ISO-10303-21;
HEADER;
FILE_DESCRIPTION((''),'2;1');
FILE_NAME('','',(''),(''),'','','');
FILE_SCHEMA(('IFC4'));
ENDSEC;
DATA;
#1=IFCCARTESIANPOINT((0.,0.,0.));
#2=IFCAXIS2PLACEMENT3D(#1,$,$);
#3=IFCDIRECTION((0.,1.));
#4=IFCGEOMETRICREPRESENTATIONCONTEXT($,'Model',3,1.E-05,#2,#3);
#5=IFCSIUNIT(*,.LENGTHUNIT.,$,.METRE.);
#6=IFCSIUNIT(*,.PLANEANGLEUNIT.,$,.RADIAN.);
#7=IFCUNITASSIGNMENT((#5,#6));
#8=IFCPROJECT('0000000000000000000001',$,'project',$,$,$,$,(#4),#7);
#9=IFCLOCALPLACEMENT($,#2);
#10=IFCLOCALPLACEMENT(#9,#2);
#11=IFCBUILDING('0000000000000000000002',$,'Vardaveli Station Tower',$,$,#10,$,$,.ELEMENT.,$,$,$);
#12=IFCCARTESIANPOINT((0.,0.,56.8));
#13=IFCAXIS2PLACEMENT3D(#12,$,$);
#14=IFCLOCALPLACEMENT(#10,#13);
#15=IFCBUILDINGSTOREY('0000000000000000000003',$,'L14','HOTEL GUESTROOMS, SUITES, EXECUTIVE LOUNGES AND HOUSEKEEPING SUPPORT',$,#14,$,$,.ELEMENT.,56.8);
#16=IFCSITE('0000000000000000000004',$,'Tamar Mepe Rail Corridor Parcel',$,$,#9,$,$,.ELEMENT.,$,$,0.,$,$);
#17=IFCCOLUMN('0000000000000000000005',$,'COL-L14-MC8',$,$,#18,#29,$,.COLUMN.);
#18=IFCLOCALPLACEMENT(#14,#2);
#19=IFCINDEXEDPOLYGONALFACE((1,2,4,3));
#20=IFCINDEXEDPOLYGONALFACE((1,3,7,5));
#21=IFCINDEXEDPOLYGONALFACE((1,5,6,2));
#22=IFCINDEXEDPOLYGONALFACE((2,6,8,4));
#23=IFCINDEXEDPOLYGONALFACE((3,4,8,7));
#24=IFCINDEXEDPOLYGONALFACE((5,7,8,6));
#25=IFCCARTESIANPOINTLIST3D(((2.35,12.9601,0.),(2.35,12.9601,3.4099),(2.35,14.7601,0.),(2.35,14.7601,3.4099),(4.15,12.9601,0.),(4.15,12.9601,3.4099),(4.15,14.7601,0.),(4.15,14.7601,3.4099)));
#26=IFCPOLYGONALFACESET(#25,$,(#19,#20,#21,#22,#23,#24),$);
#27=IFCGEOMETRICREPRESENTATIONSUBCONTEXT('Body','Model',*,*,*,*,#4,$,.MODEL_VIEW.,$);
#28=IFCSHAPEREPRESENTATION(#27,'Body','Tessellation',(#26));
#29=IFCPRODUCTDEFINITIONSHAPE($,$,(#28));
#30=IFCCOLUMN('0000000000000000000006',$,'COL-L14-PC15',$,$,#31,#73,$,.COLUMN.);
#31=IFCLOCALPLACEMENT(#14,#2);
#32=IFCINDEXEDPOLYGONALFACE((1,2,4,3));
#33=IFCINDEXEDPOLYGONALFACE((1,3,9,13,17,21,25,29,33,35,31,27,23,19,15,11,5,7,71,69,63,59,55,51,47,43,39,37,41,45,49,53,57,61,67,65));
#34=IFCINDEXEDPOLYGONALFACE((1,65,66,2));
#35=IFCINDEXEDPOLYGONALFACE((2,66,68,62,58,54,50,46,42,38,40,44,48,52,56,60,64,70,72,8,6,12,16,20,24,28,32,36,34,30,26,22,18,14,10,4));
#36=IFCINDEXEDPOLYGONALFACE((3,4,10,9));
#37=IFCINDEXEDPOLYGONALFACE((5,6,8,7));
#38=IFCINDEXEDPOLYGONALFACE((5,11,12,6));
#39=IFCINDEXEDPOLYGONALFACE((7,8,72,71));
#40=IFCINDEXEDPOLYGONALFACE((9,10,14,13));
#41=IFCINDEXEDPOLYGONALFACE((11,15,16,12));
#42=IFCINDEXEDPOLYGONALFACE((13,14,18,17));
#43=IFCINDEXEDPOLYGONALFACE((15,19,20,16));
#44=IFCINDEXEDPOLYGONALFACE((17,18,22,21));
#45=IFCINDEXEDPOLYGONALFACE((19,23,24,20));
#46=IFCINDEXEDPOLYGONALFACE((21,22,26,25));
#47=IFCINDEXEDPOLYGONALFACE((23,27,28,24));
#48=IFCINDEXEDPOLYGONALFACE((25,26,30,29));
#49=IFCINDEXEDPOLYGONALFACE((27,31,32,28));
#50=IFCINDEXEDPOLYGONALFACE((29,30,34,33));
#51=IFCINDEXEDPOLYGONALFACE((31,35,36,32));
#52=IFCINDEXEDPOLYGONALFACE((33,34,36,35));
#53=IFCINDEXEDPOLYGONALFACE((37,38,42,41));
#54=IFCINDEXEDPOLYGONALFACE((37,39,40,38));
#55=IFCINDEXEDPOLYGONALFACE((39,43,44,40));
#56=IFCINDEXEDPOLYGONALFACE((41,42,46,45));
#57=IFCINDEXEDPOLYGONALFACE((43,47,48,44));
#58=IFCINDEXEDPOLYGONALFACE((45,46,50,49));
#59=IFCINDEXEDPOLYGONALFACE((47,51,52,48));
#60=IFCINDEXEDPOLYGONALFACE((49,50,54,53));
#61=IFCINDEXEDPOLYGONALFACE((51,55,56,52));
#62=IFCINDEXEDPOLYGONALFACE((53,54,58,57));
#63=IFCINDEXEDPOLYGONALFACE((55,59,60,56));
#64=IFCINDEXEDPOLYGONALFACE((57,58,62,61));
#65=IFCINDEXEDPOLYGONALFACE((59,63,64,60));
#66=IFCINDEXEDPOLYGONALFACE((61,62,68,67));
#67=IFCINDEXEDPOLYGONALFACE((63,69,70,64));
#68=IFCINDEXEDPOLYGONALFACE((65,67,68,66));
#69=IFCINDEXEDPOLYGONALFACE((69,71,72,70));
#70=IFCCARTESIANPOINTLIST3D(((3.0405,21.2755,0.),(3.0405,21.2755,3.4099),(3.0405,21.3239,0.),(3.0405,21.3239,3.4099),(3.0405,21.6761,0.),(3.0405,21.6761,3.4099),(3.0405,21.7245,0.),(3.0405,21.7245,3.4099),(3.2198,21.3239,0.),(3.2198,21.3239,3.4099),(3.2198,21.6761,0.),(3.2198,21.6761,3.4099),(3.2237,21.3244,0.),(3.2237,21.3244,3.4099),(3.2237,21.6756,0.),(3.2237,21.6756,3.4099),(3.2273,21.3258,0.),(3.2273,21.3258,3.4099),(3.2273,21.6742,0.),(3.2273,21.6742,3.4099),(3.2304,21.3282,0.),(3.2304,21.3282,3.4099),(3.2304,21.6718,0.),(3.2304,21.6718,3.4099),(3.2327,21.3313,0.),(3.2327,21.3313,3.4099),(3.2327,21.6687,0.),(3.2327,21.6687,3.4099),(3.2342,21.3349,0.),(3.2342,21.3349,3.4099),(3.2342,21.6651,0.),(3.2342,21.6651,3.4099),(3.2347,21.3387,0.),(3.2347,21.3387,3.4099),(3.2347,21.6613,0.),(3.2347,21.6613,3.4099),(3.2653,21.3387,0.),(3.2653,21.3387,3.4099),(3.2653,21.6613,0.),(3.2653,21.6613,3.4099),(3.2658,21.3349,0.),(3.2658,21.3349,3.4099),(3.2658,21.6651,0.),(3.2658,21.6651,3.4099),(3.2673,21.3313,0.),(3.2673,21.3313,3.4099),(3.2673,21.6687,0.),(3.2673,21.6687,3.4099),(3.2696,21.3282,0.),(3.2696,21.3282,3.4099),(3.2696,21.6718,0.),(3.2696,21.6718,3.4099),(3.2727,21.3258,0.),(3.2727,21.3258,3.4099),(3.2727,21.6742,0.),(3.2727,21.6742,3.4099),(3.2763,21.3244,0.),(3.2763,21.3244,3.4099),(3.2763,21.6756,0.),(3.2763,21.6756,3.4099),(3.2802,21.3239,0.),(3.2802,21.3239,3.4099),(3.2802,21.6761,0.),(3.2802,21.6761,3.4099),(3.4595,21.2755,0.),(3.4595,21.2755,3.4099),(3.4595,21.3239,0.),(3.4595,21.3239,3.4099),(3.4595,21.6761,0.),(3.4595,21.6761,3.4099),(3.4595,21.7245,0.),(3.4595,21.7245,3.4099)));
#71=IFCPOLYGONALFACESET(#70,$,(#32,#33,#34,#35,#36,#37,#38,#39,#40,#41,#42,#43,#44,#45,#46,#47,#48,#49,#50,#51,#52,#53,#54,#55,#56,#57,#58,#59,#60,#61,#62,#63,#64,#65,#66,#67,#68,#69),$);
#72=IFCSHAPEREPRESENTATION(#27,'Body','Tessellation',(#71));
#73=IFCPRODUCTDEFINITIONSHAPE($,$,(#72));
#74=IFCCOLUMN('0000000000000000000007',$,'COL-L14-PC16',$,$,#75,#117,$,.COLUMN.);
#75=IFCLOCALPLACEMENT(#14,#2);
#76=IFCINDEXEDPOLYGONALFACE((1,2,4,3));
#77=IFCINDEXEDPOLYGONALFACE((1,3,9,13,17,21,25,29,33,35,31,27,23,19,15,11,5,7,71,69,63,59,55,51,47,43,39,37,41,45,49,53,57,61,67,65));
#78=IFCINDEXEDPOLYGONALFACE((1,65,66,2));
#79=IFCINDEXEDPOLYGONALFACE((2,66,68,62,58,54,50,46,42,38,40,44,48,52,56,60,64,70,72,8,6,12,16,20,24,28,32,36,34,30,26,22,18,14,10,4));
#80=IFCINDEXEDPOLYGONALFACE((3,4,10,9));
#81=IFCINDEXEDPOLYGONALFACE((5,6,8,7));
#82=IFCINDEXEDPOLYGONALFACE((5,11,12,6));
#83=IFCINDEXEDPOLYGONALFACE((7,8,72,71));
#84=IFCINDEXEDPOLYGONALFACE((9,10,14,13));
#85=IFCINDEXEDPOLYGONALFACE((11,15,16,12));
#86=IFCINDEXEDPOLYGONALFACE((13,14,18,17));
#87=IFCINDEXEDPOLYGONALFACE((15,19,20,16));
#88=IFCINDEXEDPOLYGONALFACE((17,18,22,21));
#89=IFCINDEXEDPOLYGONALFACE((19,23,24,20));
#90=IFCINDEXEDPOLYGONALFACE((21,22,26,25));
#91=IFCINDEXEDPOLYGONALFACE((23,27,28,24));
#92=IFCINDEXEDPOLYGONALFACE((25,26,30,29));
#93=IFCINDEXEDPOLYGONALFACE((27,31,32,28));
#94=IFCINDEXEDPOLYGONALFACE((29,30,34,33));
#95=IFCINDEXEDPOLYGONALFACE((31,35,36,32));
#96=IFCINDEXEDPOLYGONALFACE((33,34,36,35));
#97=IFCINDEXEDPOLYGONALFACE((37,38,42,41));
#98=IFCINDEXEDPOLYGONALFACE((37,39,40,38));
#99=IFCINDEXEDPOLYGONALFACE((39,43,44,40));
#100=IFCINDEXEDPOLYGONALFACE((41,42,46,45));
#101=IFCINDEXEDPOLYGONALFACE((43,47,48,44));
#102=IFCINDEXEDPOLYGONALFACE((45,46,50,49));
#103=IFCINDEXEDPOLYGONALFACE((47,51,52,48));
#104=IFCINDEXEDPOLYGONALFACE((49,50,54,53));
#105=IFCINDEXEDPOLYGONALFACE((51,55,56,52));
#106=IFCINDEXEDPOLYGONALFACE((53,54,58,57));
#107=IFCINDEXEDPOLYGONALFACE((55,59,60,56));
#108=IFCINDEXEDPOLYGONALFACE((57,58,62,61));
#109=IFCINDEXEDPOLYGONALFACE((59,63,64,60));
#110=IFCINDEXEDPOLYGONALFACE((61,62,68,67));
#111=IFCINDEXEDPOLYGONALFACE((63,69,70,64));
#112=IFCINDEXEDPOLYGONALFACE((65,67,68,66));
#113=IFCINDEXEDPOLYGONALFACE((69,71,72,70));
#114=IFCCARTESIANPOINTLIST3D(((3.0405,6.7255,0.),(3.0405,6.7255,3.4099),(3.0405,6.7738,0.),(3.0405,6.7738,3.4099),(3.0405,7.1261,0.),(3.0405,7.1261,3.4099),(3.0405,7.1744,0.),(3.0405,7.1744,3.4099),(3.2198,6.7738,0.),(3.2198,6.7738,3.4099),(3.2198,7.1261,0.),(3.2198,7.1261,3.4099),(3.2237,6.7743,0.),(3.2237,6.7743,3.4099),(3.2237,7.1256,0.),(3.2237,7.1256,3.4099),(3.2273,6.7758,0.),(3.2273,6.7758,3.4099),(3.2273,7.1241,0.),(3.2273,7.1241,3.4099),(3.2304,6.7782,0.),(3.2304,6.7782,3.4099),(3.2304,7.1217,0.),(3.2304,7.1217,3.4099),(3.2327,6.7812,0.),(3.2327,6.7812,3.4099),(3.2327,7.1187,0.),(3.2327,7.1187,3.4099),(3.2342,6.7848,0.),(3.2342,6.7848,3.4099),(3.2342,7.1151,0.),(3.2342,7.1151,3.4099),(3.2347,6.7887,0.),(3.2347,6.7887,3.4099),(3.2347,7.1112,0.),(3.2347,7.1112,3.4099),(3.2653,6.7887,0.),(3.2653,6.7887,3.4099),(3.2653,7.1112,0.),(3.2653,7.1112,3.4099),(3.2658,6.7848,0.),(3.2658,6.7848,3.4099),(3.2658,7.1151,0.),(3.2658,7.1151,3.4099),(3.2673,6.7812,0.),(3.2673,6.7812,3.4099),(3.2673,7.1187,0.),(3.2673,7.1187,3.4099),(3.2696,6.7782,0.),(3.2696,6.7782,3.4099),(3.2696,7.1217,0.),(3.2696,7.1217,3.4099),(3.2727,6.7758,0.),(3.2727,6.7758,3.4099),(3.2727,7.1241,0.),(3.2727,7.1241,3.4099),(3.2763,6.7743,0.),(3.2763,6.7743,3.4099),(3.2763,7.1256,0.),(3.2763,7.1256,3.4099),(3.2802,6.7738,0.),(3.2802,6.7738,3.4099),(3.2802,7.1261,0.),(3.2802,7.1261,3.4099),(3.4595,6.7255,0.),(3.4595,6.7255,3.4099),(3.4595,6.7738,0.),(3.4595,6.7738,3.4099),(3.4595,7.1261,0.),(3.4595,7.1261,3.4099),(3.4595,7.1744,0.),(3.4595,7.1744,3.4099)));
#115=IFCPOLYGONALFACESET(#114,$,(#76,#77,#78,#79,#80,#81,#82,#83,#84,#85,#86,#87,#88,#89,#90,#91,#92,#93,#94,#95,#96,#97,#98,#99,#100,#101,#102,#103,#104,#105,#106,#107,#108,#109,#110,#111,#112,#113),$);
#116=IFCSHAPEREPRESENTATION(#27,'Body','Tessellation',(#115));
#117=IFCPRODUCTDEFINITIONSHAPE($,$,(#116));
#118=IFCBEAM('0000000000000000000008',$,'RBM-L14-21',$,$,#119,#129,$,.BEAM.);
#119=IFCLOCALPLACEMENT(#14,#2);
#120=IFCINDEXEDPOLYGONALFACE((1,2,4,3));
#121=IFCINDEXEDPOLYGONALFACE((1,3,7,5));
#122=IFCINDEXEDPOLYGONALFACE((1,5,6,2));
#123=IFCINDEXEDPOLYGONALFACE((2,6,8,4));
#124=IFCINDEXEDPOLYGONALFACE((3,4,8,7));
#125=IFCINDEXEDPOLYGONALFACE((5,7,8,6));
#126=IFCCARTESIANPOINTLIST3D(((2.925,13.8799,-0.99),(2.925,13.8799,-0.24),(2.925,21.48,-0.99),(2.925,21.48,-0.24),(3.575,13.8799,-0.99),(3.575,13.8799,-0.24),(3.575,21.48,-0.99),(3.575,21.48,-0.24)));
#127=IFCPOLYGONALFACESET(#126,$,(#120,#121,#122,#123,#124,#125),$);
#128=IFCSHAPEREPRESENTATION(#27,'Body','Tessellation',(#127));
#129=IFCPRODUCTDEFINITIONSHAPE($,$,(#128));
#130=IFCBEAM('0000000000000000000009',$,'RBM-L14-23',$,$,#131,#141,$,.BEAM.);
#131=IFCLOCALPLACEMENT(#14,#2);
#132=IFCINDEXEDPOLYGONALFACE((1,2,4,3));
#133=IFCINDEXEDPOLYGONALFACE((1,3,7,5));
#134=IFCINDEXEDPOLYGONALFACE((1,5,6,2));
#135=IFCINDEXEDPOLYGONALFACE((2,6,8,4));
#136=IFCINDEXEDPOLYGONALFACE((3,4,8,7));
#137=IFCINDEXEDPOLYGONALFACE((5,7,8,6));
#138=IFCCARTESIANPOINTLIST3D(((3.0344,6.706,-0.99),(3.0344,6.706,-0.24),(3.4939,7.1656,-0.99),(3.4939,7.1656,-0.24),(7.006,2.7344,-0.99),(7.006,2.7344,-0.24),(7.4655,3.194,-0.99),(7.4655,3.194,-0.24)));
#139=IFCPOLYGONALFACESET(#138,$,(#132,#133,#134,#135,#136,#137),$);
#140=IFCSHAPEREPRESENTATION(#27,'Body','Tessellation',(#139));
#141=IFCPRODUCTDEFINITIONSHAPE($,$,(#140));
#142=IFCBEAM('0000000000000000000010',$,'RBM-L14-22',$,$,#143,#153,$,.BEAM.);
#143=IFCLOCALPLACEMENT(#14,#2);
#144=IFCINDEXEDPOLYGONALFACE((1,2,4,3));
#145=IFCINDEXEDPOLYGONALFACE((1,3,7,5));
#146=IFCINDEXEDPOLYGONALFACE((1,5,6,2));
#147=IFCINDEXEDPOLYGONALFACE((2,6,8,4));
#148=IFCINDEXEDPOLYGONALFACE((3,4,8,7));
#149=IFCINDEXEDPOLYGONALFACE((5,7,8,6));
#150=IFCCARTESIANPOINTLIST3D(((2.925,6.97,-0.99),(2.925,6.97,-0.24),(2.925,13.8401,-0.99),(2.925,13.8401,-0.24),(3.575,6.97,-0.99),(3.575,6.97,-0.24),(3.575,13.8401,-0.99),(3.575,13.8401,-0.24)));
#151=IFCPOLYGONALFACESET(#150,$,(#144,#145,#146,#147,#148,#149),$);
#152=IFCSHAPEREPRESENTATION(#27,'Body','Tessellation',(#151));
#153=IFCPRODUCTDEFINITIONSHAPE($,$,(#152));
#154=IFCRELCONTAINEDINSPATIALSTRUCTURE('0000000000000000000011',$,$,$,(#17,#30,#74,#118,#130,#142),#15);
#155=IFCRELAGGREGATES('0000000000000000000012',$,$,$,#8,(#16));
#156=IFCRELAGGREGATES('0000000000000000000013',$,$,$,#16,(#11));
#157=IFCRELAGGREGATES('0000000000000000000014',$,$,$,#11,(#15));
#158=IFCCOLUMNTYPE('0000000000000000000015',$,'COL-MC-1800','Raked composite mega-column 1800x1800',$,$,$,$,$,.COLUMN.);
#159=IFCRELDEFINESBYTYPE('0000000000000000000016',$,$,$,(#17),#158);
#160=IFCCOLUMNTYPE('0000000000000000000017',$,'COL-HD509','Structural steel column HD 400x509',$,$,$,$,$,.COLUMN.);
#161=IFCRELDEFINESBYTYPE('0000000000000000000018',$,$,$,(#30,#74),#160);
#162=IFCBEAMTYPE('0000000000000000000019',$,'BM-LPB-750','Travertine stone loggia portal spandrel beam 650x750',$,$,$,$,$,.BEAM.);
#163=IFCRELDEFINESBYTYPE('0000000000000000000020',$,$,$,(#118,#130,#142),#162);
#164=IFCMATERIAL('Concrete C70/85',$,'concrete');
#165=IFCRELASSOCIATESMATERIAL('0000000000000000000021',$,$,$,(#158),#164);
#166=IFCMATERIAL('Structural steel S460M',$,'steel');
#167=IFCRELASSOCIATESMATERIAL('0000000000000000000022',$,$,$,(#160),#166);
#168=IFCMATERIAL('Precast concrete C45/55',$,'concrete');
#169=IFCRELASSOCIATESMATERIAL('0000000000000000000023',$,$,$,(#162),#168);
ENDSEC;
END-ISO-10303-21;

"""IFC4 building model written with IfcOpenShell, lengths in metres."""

from ifc_helpers import new_model, si_unit, direction, frame, origin, origin_2d, place, context, subcontext, project, spatial, rectangle, i_section, extrude, source, transform, mapped, material, material_profile, profile_set, type_object, element, save


model = new_model("IFC4")

# Units and contexts
model_context = context("Model", 3, precision=1e-05, world=origin(), true_north=direction((0.0, 1.0)))
body_context = subcontext(model_context, "Body", "Model", "MODEL_VIEW")
ifc_project = project(units=[si_unit("LENGTHUNIT", "METRE"), si_unit("PLANEANGLEUNIT", "RADIAN")], contexts=[model_context])

# Site, building, storey
site_placement = place(None, origin())
site = spatial("IfcSite", under=ifc_project, at=site_placement, Name="Tamar Mepe Rail Corridor Parcel", CompositionType="ELEMENT", RefElevation=0.0)
building_placement = place(site_placement, origin())
building = spatial("IfcBuilding", under=site, at=building_placement, Name="Vardaveli Station Tower", CompositionType="ELEMENT")
storey_placement = place(building_placement, frame((0.0, 0.0, 56.8)))
storey = spatial("IfcBuildingStorey", under=building, at=storey_placement, Name="L14", Description="HOTEL GUESTROOMS, SUITES, EXECUTIVE LOUNGES AND HOUSEKEEPING SUPPORT", CompositionType="ELEMENT", Elevation=56.8)

# Columns
ifc_material_1 = material(Name="Concrete C70/85", Category="concrete")
ifc_material_profile_1 = material_profile(ifc_material_1, rectangle(XDim=1.8, YDim=1.8, at=origin_2d()), Name="MC 1800x1800")
ifc_profile_set_1 = profile_set([ifc_material_profile_1], Name="Concrete C70/85")
column_type_1 = type_object("IfcColumnType", Name="COL-MC-1800", Description="Raked composite mega-column 1800x1800", PredefinedType="COLUMN", material=ifc_profile_set_1)
shared_shape_1 = source(origin(), body_context, "Body", "SweptSolid", [
    extrude(rectangle(XDim=1.8, YDim=1.8, at=origin_2d()), origin(), (0.0, 0.0, 1.0), 3.4099),
])
column_placement = place(storey_placement, frame((3.25, 13.8601, 0.0), z_axis=(0.0, 0.0, 1.0), x_axis=(1.0, 0.0, 0.0)))
element("IfcColumn", 1, at=column_placement, inside=storey, type_object=column_type_1, Name="COL-L14-MC8", PredefinedType="COLUMN", context=body_context, shape_type="MappedRepresentation", body=[
    mapped(shared_shape_1, transform((0.0, 0.0, 0.0), scale=1.0)),
])
ifc_material_2 = material(Name="Structural steel S460M", Category="steel")
ifc_material_profile_2 = material_profile(ifc_material_2, i_section(OverallWidth=0.4189, OverallDepth=0.449, WebThickness=0.0305, FlangeThickness=0.0483, FilletRadius=0.0149, at=origin_2d()), Name="HD 400x509")
ifc_profile_set_2 = profile_set([ifc_material_profile_2], Name="Structural steel S460M")
column_type_2 = type_object("IfcColumnType", Name="COL-HD509", Description="Structural steel column HD 400x509", PredefinedType="COLUMN", material=ifc_profile_set_2)
shared_shape_2 = source(origin(), body_context, "Body", "SweptSolid", [
    extrude(i_section(OverallWidth=0.4189, OverallDepth=0.449, WebThickness=0.0305, FlangeThickness=0.0483, FilletRadius=0.0149, at=origin_2d()), origin(), (0.0, 0.0, 1.0), 3.4099),
])
for number, where, z_axis, x_axis, name in (
    (2, (3.25, 21.5, 0.0), (0.0, 0.0, 1.0), (1.0, 0.0, 0.0), "COL-L14-PC15"),
    (3, (3.25, 6.95, 0.0), (0.0, 0.0, 1.0), (1.0, 0.0, 0.0), "COL-L14-PC16"),
):
    element("IfcColumn", number, at=place(storey_placement, frame(where, z_axis=z_axis, x_axis=x_axis)), inside=storey, type_object=column_type_2, Name=name, PredefinedType="COLUMN", context=body_context, shape_type="MappedRepresentation", body=[
        mapped(shared_shape_2, transform((0.0, 0.0, 0.0), scale=1.0)),
    ])

# Beams
ifc_material_3 = material(Name="Precast concrete C45/55", Category="concrete")
ifc_material_profile_3 = material_profile(ifc_material_3, rectangle(XDim=0.6499, YDim=0.75, at=origin_2d()), Name="LPB 650x750")
ifc_profile_set_3 = profile_set([ifc_material_profile_3], Name="Precast concrete C45/55")
beam_type_1 = type_object("IfcBeamType", Name="BM-LPB-750", Description="Travertine stone loggia portal spandrel beam 650x750", PredefinedType="BEAM", material=ifc_profile_set_3)
shared_shape_3 = source(origin(), body_context, "Body", "SweptSolid", [
    extrude(rectangle(XDim=0.6499, YDim=0.75, at=origin_2d()), origin(), (0.0, 0.0, 1.0), 7.6001),
])
beam_1_placement = place(storey_placement, frame((3.25, 21.48, -0.615), z_axis=(0.0, -1.0, 0.0), x_axis=(1.0, 0.0, 0.0)))
element("IfcBeam", 4, at=beam_1_placement, inside=storey, type_object=beam_type_1, Name="RBM-L14-21", PredefinedType="BEAM", context=body_context, shape_type="MappedRepresentation", body=[
    mapped(shared_shape_3, transform((0.0, 0.0, 0.0), scale=1.0)),
])
shared_shape_4 = source(origin(), body_context, "Body", "SweptSolid", [
    extrude(rectangle(XDim=0.6499, YDim=0.75, at=origin_2d()), origin(), (0.0, 0.0, 1.0), 5.6167),
])
beam_2_placement = place(storey_placement, frame((3.2642, 6.9358, -0.615), z_axis=(0.707107, -0.707107, 0.0), x_axis=(0.707107, 0.707107, 0.0)))
element("IfcBeam", 5, at=beam_2_placement, inside=storey, type_object=beam_type_1, Name="RBM-L14-23", PredefinedType="BEAM", context=body_context, shape_type="MappedRepresentation", body=[
    mapped(shared_shape_4, transform((0.0, 0.0, 0.0), scale=1.0)),
])
shared_shape_5 = source(origin(), body_context, "Body", "SweptSolid", [
    extrude(rectangle(XDim=0.6499, YDim=0.75, at=origin_2d()), origin(), (0.0, 0.0, 1.0), 6.8701),
])
beam_3_placement = place(storey_placement, frame((3.25, 13.8401, -0.615), z_axis=(0.0, -1.0, 0.0), x_axis=(1.0, 0.0, 0.0)))
element("IfcBeam", 6, at=beam_3_placement, inside=storey, type_object=beam_type_1, Name="RBM-L14-22", PredefinedType="BEAM", context=body_context, shape_type="MappedRepresentation", body=[
    mapped(shared_shape_5, transform((0.0, 0.0, 0.0), scale=1.0)),
])

save(model, "model.ifc")
